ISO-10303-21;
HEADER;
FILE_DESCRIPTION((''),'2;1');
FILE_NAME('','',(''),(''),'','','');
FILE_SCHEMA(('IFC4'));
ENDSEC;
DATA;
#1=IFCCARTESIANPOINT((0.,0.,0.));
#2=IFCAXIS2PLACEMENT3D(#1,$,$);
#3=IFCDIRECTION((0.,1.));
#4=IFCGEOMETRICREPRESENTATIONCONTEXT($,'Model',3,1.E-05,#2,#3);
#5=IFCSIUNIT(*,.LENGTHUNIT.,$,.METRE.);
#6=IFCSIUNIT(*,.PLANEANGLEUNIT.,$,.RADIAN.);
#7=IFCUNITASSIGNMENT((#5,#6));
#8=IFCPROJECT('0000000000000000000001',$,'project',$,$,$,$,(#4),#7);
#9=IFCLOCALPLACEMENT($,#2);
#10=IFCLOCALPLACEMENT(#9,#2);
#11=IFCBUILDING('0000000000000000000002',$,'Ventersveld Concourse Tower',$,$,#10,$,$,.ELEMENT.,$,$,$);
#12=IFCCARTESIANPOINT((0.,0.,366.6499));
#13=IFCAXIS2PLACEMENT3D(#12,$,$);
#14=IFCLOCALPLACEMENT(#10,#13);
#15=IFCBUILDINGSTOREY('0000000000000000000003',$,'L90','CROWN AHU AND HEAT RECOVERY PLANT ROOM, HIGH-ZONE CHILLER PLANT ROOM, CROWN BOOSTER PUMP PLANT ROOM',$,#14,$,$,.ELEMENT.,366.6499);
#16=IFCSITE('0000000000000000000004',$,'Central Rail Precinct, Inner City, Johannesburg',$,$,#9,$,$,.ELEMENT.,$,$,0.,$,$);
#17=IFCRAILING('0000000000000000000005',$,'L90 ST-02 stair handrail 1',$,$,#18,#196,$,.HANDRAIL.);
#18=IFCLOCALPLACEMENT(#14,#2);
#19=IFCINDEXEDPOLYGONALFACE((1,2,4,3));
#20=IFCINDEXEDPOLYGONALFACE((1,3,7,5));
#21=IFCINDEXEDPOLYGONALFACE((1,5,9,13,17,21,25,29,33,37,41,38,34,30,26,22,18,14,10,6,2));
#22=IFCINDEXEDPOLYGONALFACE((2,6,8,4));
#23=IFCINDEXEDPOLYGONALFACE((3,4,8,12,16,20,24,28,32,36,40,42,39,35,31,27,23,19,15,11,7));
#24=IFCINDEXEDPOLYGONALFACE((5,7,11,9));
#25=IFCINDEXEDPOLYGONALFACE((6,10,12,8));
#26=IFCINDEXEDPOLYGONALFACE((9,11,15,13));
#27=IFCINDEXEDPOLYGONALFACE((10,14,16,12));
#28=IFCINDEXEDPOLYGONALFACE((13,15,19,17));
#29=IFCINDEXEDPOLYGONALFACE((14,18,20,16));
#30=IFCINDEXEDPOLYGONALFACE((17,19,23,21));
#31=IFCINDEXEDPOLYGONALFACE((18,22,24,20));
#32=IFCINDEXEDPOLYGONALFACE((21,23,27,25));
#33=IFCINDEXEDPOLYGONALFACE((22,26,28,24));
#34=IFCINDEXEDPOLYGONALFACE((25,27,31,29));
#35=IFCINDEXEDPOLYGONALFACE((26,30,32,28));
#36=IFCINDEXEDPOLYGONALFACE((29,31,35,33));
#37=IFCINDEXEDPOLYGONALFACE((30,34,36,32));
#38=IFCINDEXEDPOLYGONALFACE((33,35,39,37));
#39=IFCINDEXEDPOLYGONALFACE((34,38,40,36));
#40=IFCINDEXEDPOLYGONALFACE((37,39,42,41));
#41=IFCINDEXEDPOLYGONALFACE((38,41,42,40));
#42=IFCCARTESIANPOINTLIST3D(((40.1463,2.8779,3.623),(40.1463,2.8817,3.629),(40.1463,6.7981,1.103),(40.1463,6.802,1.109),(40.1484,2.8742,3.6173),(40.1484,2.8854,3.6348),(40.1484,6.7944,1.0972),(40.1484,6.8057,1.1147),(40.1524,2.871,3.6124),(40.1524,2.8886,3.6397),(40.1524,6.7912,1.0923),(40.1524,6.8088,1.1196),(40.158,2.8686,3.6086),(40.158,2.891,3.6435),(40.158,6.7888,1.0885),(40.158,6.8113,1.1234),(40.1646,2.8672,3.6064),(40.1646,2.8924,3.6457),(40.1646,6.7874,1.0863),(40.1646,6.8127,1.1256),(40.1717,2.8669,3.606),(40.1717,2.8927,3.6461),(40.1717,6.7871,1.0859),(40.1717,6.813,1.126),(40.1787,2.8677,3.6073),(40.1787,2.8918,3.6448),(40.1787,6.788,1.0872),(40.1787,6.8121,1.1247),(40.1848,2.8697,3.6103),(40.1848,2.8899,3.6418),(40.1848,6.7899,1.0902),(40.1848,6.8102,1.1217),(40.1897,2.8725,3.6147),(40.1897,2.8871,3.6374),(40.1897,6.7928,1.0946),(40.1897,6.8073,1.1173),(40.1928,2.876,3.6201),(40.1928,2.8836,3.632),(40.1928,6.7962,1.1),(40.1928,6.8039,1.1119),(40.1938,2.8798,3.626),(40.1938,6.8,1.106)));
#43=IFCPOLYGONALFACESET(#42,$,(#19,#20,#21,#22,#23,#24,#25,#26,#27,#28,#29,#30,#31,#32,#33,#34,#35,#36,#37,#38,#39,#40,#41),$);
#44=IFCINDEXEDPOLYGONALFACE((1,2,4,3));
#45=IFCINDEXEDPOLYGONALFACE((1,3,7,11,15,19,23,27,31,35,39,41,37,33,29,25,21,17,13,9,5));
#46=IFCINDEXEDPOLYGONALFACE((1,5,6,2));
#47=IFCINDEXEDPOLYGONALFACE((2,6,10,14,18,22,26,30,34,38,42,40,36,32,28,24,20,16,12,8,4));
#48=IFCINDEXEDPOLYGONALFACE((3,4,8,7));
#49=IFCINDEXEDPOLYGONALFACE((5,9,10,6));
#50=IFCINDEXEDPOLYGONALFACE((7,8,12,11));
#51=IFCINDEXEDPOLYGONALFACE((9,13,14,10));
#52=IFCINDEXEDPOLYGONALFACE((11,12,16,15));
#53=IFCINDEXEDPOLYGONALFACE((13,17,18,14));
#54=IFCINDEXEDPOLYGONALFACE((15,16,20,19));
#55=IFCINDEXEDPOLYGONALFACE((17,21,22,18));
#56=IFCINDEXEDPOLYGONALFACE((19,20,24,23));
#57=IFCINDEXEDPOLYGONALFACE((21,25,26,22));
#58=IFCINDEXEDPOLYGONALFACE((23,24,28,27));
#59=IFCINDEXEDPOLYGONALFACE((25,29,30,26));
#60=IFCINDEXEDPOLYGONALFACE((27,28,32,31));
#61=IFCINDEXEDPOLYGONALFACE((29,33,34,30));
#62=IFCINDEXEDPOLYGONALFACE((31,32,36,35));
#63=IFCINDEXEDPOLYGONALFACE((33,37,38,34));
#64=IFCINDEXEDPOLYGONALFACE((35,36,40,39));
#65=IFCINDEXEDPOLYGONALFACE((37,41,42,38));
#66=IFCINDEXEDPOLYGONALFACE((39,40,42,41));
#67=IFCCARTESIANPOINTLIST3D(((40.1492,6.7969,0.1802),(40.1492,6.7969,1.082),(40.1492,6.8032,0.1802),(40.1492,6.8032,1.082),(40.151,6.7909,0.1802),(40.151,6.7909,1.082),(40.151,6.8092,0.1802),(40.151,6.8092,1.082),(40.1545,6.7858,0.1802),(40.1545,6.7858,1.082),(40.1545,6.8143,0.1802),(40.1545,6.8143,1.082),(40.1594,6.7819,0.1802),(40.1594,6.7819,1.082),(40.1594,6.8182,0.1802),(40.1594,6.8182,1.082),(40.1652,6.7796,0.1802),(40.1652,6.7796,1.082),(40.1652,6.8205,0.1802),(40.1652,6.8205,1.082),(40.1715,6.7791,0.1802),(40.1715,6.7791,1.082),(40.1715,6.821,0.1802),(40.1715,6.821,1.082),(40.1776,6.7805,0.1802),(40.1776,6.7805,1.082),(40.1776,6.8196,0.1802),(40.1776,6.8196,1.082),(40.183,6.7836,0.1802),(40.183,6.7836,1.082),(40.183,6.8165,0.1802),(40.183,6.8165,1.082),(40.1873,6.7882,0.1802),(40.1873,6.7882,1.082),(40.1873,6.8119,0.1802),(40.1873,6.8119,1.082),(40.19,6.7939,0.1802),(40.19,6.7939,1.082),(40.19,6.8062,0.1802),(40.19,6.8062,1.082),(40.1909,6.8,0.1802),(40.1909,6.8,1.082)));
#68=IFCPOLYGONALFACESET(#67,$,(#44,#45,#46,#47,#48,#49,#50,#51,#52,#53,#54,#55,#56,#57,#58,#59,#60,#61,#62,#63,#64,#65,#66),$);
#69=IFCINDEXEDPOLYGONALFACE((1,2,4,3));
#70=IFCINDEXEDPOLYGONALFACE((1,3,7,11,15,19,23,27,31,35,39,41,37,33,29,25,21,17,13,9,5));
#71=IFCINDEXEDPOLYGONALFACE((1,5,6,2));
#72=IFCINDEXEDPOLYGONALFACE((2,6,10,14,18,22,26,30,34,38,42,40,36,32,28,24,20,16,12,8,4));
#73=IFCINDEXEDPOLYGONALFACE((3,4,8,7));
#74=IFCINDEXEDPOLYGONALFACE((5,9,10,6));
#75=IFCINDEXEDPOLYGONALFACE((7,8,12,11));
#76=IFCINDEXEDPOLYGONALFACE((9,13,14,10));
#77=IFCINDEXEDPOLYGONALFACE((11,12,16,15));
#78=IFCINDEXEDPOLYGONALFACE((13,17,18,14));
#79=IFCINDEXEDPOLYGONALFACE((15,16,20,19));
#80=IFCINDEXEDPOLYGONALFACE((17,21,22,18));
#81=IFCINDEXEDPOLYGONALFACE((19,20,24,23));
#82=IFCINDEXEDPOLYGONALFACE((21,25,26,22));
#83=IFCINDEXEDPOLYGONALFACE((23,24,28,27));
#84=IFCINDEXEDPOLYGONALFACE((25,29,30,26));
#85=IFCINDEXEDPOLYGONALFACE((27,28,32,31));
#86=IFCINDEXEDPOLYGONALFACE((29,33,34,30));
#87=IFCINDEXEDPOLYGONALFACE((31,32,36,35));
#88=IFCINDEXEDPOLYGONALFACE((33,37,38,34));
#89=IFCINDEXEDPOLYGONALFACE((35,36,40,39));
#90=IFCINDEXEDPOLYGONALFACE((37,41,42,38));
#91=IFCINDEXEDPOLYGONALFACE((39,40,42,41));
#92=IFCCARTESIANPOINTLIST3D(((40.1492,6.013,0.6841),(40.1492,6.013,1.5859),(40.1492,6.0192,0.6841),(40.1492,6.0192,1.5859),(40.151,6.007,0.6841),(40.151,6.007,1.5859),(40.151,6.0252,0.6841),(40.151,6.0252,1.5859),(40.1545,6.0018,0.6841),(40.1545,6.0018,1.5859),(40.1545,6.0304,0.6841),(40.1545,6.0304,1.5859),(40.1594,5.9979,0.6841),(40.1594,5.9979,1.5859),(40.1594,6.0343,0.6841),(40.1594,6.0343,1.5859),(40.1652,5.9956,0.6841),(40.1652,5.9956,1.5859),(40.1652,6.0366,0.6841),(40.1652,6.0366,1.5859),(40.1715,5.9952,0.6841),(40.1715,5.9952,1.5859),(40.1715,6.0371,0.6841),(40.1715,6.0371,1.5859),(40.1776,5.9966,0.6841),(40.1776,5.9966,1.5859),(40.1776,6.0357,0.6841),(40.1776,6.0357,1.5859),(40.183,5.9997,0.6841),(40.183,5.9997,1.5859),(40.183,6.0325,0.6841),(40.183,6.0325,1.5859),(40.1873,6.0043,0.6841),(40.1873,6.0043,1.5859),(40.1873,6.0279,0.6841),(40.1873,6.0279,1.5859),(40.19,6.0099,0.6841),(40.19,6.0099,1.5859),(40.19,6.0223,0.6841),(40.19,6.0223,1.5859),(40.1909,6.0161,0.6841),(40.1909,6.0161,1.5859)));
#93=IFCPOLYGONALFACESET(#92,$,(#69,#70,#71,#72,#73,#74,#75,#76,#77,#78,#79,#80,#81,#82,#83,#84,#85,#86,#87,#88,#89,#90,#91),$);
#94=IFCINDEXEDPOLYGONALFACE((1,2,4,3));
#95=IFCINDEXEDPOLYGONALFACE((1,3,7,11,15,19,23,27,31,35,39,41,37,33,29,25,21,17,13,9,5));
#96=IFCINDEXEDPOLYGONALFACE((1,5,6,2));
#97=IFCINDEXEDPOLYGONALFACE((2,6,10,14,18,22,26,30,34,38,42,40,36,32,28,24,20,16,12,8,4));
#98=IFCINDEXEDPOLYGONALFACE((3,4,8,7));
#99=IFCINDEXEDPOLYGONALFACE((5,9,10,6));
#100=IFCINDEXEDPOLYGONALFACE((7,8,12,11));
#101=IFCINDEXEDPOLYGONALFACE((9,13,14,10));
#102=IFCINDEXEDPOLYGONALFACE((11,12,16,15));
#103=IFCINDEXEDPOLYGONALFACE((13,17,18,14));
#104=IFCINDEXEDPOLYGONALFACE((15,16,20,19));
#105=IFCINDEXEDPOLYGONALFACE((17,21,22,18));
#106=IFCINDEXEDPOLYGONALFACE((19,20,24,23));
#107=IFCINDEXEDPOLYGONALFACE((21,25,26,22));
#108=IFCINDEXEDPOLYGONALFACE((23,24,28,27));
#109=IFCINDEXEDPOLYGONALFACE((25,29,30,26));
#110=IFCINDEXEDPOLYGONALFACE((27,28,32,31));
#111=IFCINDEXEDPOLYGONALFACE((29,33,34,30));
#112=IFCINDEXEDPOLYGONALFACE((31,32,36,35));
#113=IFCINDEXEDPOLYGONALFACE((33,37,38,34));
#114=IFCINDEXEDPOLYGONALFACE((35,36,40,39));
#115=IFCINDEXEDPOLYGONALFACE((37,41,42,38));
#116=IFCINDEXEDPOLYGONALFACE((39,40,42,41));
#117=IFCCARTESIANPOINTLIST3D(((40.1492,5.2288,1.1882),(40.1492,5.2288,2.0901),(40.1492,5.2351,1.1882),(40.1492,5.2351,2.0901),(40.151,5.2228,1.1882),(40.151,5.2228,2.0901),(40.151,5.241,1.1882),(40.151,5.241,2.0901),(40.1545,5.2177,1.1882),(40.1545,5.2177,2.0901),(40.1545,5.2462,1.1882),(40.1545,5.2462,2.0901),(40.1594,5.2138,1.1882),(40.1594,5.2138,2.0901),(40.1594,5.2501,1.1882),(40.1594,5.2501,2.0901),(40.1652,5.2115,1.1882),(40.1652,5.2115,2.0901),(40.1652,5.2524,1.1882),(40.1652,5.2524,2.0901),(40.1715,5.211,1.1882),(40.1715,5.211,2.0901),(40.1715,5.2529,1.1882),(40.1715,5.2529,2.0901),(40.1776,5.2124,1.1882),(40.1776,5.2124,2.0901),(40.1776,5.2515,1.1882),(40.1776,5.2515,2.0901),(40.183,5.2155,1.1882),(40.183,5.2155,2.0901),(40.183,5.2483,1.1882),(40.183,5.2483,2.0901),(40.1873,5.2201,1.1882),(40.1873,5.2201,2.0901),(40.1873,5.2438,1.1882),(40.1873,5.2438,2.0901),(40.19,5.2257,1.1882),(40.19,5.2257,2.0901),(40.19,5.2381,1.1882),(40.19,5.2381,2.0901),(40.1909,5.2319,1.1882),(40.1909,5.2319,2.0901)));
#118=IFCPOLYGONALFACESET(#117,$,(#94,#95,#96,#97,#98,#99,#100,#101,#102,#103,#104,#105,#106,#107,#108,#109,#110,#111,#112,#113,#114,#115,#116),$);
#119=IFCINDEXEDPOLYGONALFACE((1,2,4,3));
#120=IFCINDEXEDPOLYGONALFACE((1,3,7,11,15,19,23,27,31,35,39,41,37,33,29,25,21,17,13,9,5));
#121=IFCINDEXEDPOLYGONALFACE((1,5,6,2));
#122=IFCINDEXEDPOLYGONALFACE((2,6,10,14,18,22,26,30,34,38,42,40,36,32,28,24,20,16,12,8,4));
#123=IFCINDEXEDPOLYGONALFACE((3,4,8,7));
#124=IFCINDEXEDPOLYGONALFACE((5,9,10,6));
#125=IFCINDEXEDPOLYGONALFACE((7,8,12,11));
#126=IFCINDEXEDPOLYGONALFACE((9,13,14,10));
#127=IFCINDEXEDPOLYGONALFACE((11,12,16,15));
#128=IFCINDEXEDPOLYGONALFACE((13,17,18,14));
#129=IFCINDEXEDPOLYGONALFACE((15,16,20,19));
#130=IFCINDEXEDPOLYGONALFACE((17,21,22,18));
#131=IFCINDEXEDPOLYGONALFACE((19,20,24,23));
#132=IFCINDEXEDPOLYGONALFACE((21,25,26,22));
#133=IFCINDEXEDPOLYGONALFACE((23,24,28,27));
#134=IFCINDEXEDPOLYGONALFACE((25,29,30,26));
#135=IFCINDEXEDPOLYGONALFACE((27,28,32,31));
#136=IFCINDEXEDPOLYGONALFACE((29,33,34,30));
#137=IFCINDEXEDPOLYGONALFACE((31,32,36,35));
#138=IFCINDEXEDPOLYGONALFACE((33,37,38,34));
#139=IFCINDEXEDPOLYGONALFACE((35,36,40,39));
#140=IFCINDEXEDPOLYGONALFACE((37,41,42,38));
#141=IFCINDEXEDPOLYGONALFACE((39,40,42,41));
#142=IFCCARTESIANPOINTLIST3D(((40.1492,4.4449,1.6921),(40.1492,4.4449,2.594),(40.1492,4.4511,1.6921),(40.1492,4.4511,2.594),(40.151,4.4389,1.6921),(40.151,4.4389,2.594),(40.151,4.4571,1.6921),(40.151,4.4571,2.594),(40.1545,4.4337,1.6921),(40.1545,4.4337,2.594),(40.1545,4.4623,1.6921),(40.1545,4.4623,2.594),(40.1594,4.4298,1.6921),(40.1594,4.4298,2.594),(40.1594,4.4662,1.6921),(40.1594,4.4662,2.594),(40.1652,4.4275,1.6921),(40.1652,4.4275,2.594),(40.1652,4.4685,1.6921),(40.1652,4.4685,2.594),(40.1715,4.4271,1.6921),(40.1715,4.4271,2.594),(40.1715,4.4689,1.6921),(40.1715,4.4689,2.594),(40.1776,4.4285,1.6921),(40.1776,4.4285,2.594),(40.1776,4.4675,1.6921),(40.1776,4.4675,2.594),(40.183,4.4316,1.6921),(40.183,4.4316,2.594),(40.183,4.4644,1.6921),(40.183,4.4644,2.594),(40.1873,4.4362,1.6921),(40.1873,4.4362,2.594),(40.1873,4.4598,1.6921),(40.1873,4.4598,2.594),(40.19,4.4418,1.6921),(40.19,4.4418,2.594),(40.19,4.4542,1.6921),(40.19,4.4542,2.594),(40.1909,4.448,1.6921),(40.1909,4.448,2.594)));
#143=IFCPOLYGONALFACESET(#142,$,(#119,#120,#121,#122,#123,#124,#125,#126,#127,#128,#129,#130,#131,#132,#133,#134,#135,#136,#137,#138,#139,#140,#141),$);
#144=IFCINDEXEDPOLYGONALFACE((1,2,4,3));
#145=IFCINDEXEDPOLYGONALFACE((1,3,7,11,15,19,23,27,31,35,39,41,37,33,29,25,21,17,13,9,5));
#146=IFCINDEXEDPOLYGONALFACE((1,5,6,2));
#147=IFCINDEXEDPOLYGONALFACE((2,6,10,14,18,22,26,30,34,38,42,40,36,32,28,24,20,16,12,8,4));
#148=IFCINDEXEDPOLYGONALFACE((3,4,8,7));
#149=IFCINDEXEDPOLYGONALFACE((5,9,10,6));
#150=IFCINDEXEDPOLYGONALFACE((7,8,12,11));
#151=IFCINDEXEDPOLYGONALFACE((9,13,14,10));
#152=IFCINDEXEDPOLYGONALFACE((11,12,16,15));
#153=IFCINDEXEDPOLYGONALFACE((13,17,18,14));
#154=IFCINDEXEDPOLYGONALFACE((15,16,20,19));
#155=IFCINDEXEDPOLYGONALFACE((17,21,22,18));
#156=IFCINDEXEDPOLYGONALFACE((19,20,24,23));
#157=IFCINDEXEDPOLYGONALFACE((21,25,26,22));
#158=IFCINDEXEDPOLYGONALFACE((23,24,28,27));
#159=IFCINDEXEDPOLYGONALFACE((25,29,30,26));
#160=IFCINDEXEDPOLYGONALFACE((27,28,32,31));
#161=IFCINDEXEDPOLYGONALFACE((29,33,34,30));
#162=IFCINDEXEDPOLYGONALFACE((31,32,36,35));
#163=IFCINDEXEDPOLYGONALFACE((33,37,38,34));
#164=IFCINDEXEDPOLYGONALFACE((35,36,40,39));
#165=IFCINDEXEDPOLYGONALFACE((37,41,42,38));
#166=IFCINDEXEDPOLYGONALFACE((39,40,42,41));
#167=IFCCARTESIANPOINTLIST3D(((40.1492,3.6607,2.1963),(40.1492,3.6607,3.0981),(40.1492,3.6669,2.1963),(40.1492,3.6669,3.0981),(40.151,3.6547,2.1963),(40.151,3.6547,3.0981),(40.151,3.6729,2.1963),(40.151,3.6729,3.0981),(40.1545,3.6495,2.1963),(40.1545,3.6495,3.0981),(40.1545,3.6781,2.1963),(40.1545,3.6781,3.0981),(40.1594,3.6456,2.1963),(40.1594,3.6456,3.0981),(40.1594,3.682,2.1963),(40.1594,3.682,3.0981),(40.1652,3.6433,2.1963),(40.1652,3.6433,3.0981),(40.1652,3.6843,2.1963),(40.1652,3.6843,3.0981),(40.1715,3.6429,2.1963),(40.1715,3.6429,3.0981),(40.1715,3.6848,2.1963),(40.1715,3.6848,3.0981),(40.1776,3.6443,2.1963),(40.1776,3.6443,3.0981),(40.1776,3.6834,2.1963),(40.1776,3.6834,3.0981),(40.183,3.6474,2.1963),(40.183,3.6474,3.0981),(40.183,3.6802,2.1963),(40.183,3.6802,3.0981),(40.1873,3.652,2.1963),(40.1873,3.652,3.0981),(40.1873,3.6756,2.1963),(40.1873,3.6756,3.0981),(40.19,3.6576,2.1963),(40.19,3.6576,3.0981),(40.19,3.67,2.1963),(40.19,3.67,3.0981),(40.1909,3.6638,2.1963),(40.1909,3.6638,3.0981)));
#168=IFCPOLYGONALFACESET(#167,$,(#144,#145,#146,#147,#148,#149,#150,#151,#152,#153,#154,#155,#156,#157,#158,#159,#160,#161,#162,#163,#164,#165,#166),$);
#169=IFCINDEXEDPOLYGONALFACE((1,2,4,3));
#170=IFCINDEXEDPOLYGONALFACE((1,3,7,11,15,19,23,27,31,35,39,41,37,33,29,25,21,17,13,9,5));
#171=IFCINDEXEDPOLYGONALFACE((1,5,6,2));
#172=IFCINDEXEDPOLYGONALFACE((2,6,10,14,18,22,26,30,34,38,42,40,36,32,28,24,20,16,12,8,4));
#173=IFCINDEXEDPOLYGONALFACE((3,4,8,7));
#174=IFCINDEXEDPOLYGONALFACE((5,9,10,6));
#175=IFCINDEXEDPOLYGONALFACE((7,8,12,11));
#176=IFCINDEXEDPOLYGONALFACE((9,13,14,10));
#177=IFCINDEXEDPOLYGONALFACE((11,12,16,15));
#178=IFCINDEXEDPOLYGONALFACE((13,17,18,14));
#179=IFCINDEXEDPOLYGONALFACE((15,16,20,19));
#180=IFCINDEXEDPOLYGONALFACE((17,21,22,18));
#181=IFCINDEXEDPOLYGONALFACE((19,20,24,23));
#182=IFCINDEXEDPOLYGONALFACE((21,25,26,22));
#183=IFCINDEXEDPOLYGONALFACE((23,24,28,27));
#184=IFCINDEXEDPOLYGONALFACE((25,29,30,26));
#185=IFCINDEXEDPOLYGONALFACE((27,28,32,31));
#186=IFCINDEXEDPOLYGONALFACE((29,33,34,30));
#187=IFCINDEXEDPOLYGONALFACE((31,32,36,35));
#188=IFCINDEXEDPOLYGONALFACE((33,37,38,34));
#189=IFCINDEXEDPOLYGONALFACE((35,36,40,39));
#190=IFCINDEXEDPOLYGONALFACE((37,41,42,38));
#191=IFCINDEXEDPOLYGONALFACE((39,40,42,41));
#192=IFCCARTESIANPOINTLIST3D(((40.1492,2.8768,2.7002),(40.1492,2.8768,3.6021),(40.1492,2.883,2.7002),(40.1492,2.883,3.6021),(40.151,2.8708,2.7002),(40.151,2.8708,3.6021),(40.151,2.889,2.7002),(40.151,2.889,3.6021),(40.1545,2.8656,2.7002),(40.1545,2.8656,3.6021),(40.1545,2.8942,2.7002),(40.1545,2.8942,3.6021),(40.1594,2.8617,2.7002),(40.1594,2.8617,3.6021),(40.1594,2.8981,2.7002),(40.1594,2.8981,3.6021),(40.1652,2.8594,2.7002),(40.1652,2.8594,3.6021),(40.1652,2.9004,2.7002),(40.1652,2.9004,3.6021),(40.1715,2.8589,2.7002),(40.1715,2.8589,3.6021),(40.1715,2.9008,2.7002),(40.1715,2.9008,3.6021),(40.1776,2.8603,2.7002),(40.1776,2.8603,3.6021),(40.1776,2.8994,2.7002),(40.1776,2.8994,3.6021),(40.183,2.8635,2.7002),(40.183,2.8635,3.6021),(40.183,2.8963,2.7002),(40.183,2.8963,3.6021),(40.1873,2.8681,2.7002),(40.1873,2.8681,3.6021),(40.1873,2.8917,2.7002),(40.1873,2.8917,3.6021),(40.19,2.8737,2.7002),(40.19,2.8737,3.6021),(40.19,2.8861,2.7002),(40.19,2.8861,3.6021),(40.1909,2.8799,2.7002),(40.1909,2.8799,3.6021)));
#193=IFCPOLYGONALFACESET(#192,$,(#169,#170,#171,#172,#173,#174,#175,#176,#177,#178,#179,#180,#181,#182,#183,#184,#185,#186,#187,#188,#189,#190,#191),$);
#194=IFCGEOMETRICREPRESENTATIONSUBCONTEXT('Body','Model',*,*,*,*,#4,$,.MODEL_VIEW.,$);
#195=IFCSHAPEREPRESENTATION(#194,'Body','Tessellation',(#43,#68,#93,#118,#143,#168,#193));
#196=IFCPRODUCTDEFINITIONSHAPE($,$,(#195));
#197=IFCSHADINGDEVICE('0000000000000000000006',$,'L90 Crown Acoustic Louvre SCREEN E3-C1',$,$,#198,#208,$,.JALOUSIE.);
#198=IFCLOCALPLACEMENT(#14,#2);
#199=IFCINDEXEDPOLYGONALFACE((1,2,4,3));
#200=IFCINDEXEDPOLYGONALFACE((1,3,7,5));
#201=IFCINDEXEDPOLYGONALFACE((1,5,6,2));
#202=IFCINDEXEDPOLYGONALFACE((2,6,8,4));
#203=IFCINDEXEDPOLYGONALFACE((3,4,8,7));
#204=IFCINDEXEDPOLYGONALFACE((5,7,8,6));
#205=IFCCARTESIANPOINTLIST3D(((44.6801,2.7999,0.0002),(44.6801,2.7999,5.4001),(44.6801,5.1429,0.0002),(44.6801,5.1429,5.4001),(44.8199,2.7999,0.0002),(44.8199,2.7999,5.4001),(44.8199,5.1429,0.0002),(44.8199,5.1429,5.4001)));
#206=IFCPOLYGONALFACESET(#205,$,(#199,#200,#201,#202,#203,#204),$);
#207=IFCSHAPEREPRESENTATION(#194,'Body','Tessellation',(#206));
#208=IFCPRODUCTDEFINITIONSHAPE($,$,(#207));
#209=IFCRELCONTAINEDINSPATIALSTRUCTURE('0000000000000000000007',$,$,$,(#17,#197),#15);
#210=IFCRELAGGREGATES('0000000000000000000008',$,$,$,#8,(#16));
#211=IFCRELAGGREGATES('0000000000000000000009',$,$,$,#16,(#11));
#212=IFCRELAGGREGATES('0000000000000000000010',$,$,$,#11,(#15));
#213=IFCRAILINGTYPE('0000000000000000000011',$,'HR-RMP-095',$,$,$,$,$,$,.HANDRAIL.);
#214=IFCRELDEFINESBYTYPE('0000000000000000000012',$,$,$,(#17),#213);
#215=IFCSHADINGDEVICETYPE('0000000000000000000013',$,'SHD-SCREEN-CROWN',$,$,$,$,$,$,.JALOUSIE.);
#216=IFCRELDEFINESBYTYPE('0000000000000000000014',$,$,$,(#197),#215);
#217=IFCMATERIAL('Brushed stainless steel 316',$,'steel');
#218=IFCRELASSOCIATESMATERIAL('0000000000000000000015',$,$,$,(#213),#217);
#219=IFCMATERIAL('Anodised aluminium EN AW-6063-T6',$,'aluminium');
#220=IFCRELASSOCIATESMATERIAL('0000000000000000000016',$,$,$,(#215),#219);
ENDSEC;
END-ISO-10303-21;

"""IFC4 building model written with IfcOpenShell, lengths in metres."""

from ifc_helpers import new_model, si_unit, direction, frame, origin, origin_2d, place, context, subcontext, project, spatial, rectangle, circle, extrude, material, type_object, element, save


model = new_model("IFC4")

# Units and contexts
model_context = context("Model", 3, precision=1e-05, world=origin(), true_north=direction((0.0, 1.0)))
body_context = subcontext(model_context, "Body", "Model", "MODEL_VIEW")
ifc_project = project(units=[si_unit("LENGTHUNIT", "METRE"), si_unit("PLANEANGLEUNIT", "RADIAN")], contexts=[model_context])

# Site, building, storey
site_placement = place(None, origin())
site = spatial("IfcSite", under=ifc_project, at=site_placement, Name="Central Rail Precinct, Inner City, Johannesburg", CompositionType="ELEMENT", RefElevation=0.0)
building_placement = place(site_placement, origin())
building = spatial("IfcBuilding", under=site, at=building_placement, Name="Ventersveld Concourse Tower", CompositionType="ELEMENT")
storey_placement = place(building_placement, frame((0.0, 0.0, 366.6499)))
storey = spatial("IfcBuildingStorey", under=building, at=storey_placement, Name="L90", Description="CROWN AHU AND HEAT RECOVERY PLANT ROOM, HIGH-ZONE CHILLER PLANT ROOM, CROWN BOOSTER PUMP PLANT ROOM", CompositionType="ELEMENT", Elevation=366.6499)

# Shared definitions
ifc_material_1 = material(Name="Brushed stainless steel 316", Category="steel")

# Railing
railing_type_1 = type_object("IfcRailingType", Name="HR-RMP-095", PredefinedType="HANDRAIL", material=ifc_material_1)
railing_1_placement = place(storey_placement, frame((40.1699, 6.8, 0.1802)))
element("IfcRailing", 1, at=railing_1_placement, inside=storey, type_object=railing_type_1, Name="L90 ST-02 stair handrail 1", PredefinedType="HANDRAIL", context=body_context, shape_type="SweptSolid", body=[
    extrude(circle(Radius=0.0239, at=origin_2d()), frame((0.0, 0.0, 0.9258), z_axis=(0.0, -0.841187, 0.540744), x_axis=(1.0, 0.0, 0.0)), (0.0, 0.0, 1.0), 4.6604),
    extrude(circle(Radius=0.021, at=origin_2d()), origin(), (0.0, 0.0, 1.0), 0.9019),
    extrude(circle(Radius=0.021, at=origin_2d()), frame((0.0, -0.7839, 0.5039)), (0.0, 0.0, 1.0), 0.9019),
    extrude(circle(Radius=0.021, at=origin_2d()), frame((0.0, -1.5681, 1.0081)), (0.0, 0.0, 1.0), 0.9019),
    extrude(circle(Radius=0.021, at=origin_2d()), frame((0.0, -2.3521, 1.512)), (0.0, 0.0, 1.0), 0.9019),
    extrude(circle(Radius=0.021, at=origin_2d()), frame((0.0, -3.1362, 2.0161)), (0.0, 0.0, 1.0), 0.9019),
    extrude(circle(Radius=0.021, at=origin_2d()), frame((0.0, -3.9202, 2.52)), (0.0, 0.0, 1.0), 0.9019),
])

# Shading device
ifc_material_2 = material(Name="Anodised aluminium EN AW-6063-T6", Category="aluminium")
shading_device_type = type_object("IfcShadingDeviceType", Name="SHD-SCREEN-CROWN", PredefinedType="JALOUSIE", material=ifc_material_2)
for number, where, z_axis, x_axis, name in (
    (2, (44.75, 3.9714, 0.0002), (0.0, 0.0, 1.0), (0.0, 1.0, 0.0), "L90 Crown Acoustic Louvre SCREEN E3-C1"),
):
    element("IfcShadingDevice", number, at=place(storey_placement, frame(where, z_axis=z_axis, x_axis=x_axis)), inside=storey, type_object=shading_device_type, Name=name, PredefinedType="JALOUSIE", context=body_context, shape_type="SweptSolid", body=[
        extrude(rectangle(XDim=2.343, YDim=0.1399, at=origin_2d()), origin(), (0.0, 0.0, 1.0), 5.3999),
    ])

save(model, "model.ifc")
